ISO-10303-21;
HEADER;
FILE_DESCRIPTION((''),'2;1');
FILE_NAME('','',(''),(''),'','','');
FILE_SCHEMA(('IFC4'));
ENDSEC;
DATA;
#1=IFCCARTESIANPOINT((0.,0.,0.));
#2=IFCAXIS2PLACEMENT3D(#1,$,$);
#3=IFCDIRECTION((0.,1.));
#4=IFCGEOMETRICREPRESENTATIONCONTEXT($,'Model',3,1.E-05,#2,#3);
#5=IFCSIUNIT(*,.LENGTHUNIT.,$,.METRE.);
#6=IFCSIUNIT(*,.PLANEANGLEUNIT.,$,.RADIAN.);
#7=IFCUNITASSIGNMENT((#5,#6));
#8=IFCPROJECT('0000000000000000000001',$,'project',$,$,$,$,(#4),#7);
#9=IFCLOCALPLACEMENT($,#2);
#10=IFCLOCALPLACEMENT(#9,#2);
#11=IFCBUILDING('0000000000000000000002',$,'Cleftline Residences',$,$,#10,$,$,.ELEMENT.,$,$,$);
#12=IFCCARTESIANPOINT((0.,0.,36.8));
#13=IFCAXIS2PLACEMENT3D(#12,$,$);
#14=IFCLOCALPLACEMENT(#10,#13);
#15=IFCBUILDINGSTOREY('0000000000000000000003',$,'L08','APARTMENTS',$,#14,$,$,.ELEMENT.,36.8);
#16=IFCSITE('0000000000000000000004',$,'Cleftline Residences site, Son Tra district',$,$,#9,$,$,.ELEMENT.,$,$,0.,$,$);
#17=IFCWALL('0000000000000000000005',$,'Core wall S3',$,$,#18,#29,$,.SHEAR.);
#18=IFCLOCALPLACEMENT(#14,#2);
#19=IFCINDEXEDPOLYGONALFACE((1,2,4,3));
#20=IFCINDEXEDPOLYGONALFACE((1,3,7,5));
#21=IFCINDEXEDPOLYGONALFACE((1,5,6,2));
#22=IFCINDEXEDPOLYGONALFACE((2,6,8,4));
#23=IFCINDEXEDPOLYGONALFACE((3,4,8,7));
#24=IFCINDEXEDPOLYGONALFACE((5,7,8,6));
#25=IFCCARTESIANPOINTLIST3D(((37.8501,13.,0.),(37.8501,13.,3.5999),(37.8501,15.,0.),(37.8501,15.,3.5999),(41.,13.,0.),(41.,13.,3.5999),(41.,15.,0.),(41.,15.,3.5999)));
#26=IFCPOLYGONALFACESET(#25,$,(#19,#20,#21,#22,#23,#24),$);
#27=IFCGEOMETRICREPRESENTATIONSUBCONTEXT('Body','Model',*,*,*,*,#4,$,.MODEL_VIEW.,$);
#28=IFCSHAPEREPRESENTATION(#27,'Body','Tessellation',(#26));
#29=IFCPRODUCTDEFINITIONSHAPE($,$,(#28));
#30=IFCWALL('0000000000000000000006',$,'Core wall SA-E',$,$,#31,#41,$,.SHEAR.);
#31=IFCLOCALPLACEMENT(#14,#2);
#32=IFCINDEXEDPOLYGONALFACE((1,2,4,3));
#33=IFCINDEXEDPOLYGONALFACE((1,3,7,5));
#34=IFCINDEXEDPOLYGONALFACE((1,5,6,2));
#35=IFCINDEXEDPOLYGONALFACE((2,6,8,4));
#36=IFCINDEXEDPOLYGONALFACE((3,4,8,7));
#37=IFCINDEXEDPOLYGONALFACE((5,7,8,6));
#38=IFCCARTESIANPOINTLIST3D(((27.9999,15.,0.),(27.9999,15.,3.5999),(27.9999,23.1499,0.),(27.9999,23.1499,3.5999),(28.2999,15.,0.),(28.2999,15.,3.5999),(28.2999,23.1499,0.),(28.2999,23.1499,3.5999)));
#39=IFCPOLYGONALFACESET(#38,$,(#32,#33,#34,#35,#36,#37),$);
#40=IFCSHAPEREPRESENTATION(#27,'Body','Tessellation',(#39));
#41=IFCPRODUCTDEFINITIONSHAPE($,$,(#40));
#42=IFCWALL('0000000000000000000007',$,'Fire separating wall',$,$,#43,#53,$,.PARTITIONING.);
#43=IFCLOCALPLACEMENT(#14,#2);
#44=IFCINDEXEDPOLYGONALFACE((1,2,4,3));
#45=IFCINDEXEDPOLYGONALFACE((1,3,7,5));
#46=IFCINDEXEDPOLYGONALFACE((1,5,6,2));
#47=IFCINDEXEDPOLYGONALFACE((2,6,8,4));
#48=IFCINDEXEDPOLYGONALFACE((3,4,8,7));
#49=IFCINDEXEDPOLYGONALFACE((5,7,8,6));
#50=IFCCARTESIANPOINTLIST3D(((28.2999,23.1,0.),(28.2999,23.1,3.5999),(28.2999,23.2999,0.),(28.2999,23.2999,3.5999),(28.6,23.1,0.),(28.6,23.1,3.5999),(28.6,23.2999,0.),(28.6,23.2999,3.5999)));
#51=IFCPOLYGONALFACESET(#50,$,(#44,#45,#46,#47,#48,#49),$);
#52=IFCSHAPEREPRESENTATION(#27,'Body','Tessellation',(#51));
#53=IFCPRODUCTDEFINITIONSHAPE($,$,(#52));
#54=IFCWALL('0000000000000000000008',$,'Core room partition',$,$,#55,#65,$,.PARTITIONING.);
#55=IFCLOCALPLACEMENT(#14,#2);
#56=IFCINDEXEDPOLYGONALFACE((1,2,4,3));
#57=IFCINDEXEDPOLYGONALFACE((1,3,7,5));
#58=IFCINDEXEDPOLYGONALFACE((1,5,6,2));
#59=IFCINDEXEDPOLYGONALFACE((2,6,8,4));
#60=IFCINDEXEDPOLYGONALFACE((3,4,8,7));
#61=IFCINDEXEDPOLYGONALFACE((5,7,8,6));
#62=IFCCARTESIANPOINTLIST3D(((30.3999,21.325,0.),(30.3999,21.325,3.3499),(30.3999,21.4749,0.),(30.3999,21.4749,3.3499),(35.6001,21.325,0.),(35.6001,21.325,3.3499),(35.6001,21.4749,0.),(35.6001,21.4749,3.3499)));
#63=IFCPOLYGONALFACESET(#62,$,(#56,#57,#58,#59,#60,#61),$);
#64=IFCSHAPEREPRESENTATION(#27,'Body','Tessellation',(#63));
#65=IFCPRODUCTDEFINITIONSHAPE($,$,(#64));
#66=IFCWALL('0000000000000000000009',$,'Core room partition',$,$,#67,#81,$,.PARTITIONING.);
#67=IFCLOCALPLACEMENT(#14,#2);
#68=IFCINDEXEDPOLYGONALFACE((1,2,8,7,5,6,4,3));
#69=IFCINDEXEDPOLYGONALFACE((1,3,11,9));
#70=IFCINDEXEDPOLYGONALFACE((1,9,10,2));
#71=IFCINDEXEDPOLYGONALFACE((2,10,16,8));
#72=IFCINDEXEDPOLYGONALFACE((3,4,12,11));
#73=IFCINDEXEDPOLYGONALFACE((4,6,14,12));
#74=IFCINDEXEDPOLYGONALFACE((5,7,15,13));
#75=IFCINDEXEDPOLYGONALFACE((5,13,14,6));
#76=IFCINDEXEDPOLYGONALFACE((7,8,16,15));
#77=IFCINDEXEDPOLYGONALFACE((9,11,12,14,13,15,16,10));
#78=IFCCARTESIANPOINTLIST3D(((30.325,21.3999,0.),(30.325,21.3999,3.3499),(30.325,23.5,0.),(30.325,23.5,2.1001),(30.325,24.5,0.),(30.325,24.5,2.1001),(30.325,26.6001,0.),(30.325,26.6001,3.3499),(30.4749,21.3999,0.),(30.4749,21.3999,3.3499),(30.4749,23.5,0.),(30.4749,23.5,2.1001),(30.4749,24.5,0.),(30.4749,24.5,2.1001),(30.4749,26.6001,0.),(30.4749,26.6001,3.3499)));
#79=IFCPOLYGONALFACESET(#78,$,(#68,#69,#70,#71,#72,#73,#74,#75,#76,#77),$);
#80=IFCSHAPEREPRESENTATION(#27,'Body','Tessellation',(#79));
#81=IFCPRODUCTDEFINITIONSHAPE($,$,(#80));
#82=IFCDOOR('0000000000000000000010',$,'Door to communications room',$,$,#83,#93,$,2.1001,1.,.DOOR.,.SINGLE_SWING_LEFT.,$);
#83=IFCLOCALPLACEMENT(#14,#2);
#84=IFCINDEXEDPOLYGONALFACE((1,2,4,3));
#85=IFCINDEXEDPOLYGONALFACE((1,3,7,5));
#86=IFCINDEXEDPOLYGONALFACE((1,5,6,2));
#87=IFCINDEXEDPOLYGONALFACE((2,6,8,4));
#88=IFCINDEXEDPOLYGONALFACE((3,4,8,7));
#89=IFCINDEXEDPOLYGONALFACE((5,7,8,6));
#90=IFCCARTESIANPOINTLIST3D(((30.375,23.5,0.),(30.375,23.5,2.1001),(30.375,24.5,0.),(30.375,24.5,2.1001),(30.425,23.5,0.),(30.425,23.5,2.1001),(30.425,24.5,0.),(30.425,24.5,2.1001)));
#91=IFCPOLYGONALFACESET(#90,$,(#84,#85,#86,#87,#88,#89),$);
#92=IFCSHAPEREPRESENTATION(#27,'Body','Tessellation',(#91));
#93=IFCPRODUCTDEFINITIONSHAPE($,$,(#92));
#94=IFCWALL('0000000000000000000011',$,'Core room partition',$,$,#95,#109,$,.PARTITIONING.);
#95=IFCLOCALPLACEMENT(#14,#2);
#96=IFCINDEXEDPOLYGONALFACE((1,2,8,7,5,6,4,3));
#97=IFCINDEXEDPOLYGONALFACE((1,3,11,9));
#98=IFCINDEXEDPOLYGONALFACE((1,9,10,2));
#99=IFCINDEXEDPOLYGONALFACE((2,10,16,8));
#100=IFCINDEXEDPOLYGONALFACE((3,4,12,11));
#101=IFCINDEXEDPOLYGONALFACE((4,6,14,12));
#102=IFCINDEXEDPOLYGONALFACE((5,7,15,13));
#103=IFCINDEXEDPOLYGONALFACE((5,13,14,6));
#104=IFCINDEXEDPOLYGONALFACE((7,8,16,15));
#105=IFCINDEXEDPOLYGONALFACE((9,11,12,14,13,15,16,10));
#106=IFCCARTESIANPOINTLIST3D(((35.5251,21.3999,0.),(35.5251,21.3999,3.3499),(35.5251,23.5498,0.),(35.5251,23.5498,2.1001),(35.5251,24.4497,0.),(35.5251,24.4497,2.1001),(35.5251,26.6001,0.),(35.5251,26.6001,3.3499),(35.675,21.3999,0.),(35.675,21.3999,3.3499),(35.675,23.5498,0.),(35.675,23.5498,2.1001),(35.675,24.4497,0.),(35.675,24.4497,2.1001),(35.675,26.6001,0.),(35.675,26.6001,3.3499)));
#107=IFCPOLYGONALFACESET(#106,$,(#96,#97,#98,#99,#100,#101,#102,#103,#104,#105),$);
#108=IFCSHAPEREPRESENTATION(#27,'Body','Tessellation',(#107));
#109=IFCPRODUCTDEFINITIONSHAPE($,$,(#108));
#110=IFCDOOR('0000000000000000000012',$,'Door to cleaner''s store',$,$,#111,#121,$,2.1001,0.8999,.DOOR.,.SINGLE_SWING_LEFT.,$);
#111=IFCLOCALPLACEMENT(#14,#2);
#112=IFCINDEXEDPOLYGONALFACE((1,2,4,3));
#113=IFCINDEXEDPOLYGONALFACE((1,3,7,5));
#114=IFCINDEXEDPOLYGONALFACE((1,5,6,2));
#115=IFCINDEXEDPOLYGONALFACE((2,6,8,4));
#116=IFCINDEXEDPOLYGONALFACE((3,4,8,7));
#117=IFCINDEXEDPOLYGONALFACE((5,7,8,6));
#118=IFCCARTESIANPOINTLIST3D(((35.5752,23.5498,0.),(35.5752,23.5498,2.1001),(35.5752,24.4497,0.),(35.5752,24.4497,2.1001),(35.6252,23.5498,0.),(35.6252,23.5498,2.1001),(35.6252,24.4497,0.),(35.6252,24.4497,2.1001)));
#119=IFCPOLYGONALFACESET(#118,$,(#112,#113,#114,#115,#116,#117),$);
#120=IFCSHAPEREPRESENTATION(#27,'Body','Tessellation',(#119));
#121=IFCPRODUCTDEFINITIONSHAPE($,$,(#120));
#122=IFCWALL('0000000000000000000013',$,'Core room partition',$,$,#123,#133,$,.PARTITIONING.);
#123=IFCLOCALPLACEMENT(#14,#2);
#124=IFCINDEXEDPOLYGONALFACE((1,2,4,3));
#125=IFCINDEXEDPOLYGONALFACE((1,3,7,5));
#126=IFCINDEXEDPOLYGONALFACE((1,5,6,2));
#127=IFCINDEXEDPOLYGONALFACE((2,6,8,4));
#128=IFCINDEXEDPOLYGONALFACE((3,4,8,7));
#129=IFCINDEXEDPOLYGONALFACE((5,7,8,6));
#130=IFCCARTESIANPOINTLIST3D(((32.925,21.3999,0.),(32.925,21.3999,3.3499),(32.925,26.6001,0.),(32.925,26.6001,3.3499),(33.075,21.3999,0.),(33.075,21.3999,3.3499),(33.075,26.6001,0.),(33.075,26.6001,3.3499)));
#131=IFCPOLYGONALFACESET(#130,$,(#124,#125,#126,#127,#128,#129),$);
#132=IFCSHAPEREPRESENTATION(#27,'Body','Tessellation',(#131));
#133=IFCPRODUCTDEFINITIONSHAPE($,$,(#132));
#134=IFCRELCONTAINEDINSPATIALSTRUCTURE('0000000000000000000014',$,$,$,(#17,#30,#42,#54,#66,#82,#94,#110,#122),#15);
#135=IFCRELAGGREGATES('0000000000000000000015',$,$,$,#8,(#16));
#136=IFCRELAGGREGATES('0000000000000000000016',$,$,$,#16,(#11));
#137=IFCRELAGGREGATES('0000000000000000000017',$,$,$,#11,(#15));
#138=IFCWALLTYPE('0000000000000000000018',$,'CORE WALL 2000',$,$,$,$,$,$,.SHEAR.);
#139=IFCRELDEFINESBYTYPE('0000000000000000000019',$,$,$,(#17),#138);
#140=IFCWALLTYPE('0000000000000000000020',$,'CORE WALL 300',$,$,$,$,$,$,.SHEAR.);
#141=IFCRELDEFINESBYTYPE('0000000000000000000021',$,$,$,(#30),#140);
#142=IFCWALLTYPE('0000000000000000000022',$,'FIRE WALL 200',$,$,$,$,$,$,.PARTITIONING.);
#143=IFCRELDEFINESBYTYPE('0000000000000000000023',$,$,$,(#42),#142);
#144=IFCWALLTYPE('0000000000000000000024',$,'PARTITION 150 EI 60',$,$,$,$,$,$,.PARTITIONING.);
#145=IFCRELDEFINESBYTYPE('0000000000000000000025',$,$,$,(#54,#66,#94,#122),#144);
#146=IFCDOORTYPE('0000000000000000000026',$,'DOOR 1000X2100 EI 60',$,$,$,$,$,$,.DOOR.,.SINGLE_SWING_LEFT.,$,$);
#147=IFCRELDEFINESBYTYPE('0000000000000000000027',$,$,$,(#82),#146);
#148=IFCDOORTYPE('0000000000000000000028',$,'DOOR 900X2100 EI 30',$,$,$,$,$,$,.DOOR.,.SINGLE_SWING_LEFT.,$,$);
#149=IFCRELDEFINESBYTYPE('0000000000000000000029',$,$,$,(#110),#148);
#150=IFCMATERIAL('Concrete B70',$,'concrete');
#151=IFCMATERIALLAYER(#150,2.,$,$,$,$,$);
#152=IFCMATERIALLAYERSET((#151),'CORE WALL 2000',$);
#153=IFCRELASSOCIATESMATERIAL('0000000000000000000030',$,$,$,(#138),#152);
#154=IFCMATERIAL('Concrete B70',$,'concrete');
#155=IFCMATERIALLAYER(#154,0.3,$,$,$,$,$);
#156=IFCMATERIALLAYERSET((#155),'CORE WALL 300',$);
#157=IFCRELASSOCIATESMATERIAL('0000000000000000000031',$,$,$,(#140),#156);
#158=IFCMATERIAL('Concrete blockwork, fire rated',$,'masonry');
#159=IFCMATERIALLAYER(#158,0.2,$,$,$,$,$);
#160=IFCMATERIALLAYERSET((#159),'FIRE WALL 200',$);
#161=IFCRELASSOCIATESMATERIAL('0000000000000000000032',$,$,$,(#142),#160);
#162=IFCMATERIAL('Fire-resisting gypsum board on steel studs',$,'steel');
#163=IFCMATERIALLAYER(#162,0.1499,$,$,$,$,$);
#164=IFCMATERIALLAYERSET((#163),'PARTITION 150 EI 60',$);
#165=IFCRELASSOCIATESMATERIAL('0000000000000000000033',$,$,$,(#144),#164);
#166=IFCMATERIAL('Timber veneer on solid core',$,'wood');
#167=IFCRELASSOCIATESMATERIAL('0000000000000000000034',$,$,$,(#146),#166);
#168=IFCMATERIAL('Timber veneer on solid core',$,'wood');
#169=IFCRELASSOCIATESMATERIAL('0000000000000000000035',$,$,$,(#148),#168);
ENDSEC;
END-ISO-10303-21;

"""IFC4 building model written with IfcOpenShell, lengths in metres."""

from ifc_helpers import new_model, si_unit, direction, frame, frame_2d, origin, place, context, subcontext, project, spatial, rectangle, extrude, material, layer, layer_set, type_object, element, fill, save


model = new_model("IFC4")

# Units and contexts
model_context = context("Model", 3, precision=1e-05, world=origin(), true_north=direction((0.0, 1.0)))
body_context = subcontext(model_context, "Body", "Model", "MODEL_VIEW")
ifc_project = project(units=[si_unit("LENGTHUNIT", "METRE"), si_unit("PLANEANGLEUNIT", "RADIAN")], contexts=[model_context])

# Site, building, storey
site_placement = place(None, origin())
site = spatial("IfcSite", under=ifc_project, at=site_placement, Name="Cleftline Residences site, Son Tra district", CompositionType="ELEMENT", RefElevation=0.0)
building_placement = place(site_placement, origin())
building = spatial("IfcBuilding", under=site, at=building_placement, Name="Cleftline Residences", CompositionType="ELEMENT")
storey_placement = place(building_placement, frame((0.0, 0.0, 36.8)))
storey = spatial("IfcBuildingStorey", under=building, at=storey_placement, Name="L08", Description="APARTMENTS", CompositionType="ELEMENT", Elevation=36.8)

# Walls
ifc_material_1 = material(Name="Concrete B70", Category="concrete")
ifc_layer_1 = layer(ifc_material_1, 2.0)
ifc_layer_set_1 = layer_set([ifc_layer_1], Name="CORE WALL 2000")
wall_type_1 = type_object("IfcWallType", Name="CORE WALL 2000", PredefinedType="SHEAR", material=ifc_layer_set_1)
wall_1_placement = place(storey_placement, frame((37.8501, 14.0, 0.0), z_axis=(0.0, 0.0, 1.0), x_axis=(1.0, 0.0, 0.0)))
element("IfcWall", 1, at=wall_1_placement, inside=storey, type_object=wall_type_1, Name="Core wall S3", PredefinedType="SHEAR", context=body_context, shape_type="SweptSolid", body=[
    extrude(rectangle(XDim=3.1499, YDim=2.0, at=frame_2d((1.575, 0.0))), origin(), (0.0, 0.0, 1.0), 3.5999),
])
ifc_material_2 = material(Name="Concrete B70", Category="concrete")
ifc_layer_2 = layer(ifc_material_2, 0.3)
ifc_layer_set_2 = layer_set([ifc_layer_2], Name="CORE WALL 300")
wall_type_2 = type_object("IfcWallType", Name="CORE WALL 300", PredefinedType="SHEAR", material=ifc_layer_set_2)
wall_2_placement = place(storey_placement, frame((28.1499, 15.0, 0.0), z_axis=(0.0, 0.0, 1.0), x_axis=(0.0, 1.0, 0.0)))
element("IfcWall", 2, at=wall_2_placement, inside=storey, type_object=wall_type_2, Name="Core wall SA-E", PredefinedType="SHEAR", context=body_context, shape_type="SweptSolid", body=[
    extrude(rectangle(XDim=8.1499, YDim=0.3, at=frame_2d((4.075, 0.0))), origin(), (0.0, 0.0, 1.0), 3.5999),
])
ifc_material_3 = material(Name="Concrete blockwork, fire rated", Category="masonry")
ifc_layer_3 = layer(ifc_material_3, 0.2)
ifc_layer_set_3 = layer_set([ifc_layer_3], Name="FIRE WALL 200")
wall_type_3 = type_object("IfcWallType", Name="FIRE WALL 200", PredefinedType="PARTITIONING", material=ifc_layer_set_3)
wall_3_placement = place(storey_placement, frame((28.3, 23.2, 0.0), z_axis=(0.0, 0.0, 1.0), x_axis=(1.0, 0.0, 0.0)))
element("IfcWall", 3, at=wall_3_placement, inside=storey, type_object=wall_type_3, Name="Fire separating wall", PredefinedType="PARTITIONING", context=body_context, shape_type="SweptSolid", body=[
    extrude(rectangle(XDim=0.3, YDim=0.2, at=frame_2d((0.1499, 0.0))), origin(), (0.0, 0.0, 1.0), 3.5999),
])
ifc_material_4 = material(Name="Fire-resisting gypsum board on steel studs", Category="steel")
ifc_layer_4 = layer(ifc_material_4, 0.1499)
ifc_layer_set_4 = layer_set([ifc_layer_4], Name="PARTITION 150 EI 60")
wall_type_4 = type_object("IfcWallType", Name="PARTITION 150 EI 60", PredefinedType="PARTITIONING", material=ifc_layer_set_4)
wall_4_placement = place(storey_placement, frame((30.3999, 21.3999, 0.0), z_axis=(0.0, 0.0, 1.0), x_axis=(1.0, 0.0, 0.0)))
element("IfcWall", 4, at=wall_4_placement, inside=storey, type_object=wall_type_4, Name="Core room partition", PredefinedType="PARTITIONING", context=body_context, shape_type="SweptSolid", body=[
    extrude(rectangle(XDim=5.2002, YDim=0.1499, at=frame_2d((2.6001, 0.0))), origin(), (0.0, 0.0, 1.0), 3.3499),
])

# Walls, openings, doors
wall_5_placement = place(storey_placement, frame((30.3999, 21.3999, 0.0), z_axis=(0.0, 0.0, 1.0), x_axis=(0.0, 1.0, 0.0)))
wall_5 = element("IfcWall", 5, at=wall_5_placement, inside=storey, type_object=wall_type_4, Name="Core room partition", PredefinedType="PARTITIONING", context=body_context, shape_type="SweptSolid", body=[
    extrude(rectangle(XDim=5.2002, YDim=0.1499, at=frame_2d((2.6001, 0.0))), origin(), (0.0, 0.0, 1.0), 3.3499),
])
opening_1_placement = place(wall_5_placement, frame((2.1001, 0.0, 0.0)))
opening_1 = element("IfcOpeningElement", 6, at=opening_1_placement, cuts=wall_5, PredefinedType="OPENING", context=body_context, shape_type="SweptSolid", body=[
    extrude(rectangle(XDim=1.0, YDim=2.1001, at=frame_2d((0.5, 1.05))), frame((0.0, 0.085, 0.0), z_axis=(0.0, -1.0, 0.0), x_axis=(1.0, 0.0, 0.0)), (0.0, 0.0, 1.0), 0.1699),
])
ifc_material_5 = material(Name="Timber veneer on solid core", Category="wood")
door_type_1 = type_object("IfcDoorType", Name="DOOR 1000X2100 EI 60", OperationType="SINGLE_SWING_LEFT", PredefinedType="DOOR", material=ifc_material_5)
door_1_placement = place(opening_1_placement, origin())
door_1 = element("IfcDoor", 7, at=door_1_placement, inside=storey, type_object=door_type_1, Name="Door to communications room", OperationType="SINGLE_SWING_LEFT", OverallHeight=2.1001, OverallWidth=1.0, PredefinedType="DOOR", context=body_context, shape_type="SweptSolid", body=[
    extrude(rectangle(XDim=1.0, YDim=2.1001, at=frame_2d((0.5, 1.05))), frame((0.0, 0.0249, 0.0), z_axis=(0.0, -1.0, 0.0), x_axis=(1.0, 0.0, 0.0)), (0.0, 0.0, 1.0), 0.05),
])
fill(opening_1, door_1)
wall_6_placement = place(storey_placement, frame((35.6001, 21.3999, 0.0), z_axis=(0.0, 0.0, 1.0), x_axis=(0.0, 1.0, 0.0)))
wall_6 = element("IfcWall", 8, at=wall_6_placement, inside=storey, type_object=wall_type_4, Name="Core room partition", PredefinedType="PARTITIONING", context=body_context, shape_type="SweptSolid", body=[
    extrude(rectangle(XDim=5.2002, YDim=0.1499, at=frame_2d((2.6001, 0.0))), origin(), (0.0, 0.0, 1.0), 3.3499),
])
opening_2_placement = place(wall_6_placement, frame((2.1499, 0.0, 0.0)))
opening_2 = element("IfcOpeningElement", 9, at=opening_2_placement, cuts=wall_6, PredefinedType="OPENING", context=body_context, shape_type="SweptSolid", body=[
    extrude(rectangle(XDim=0.8999, YDim=2.1001, at=frame_2d((0.45, 1.05))), frame((0.0, 0.085, 0.0), z_axis=(0.0, -1.0, 0.0), x_axis=(1.0, 0.0, 0.0)), (0.0, 0.0, 1.0), 0.1699),
])
ifc_material_6 = material(Name="Timber veneer on solid core", Category="wood")
door_type_2 = type_object("IfcDoorType", Name="DOOR 900X2100 EI 30", OperationType="SINGLE_SWING_LEFT", PredefinedType="DOOR", material=ifc_material_6)
door_2_placement = place(opening_2_placement, origin())
door_2 = element("IfcDoor", 10, at=door_2_placement, inside=storey, type_object=door_type_2, Name="Door to cleaner's store", OperationType="SINGLE_SWING_LEFT", OverallHeight=2.1001, OverallWidth=0.8999, PredefinedType="DOOR", context=body_context, shape_type="SweptSolid", body=[
    extrude(rectangle(XDim=0.8999, YDim=2.1001, at=frame_2d((0.45, 1.05))), frame((0.0, 0.0249, 0.0), z_axis=(0.0, -1.0, 0.0), x_axis=(1.0, 0.0, 0.0)), (0.0, 0.0, 1.0), 0.05),
])
fill(opening_2, door_2)

# Wall
wall_7_placement = place(storey_placement, frame((33.0, 21.3999, 0.0), z_axis=(0.0, 0.0, 1.0), x_axis=(0.0, 1.0, 0.0)))
element("IfcWall", 11, at=wall_7_placement, inside=storey, type_object=wall_type_4, Name="Core room partition", PredefinedType="PARTITIONING", context=body_context, shape_type="SweptSolid", body=[
    extrude(rectangle(XDim=5.2002, YDim=0.1499, at=frame_2d((2.6001, 0.0))), origin(), (0.0, 0.0, 1.0), 3.3499),
])

save(model, "model.ifc")
